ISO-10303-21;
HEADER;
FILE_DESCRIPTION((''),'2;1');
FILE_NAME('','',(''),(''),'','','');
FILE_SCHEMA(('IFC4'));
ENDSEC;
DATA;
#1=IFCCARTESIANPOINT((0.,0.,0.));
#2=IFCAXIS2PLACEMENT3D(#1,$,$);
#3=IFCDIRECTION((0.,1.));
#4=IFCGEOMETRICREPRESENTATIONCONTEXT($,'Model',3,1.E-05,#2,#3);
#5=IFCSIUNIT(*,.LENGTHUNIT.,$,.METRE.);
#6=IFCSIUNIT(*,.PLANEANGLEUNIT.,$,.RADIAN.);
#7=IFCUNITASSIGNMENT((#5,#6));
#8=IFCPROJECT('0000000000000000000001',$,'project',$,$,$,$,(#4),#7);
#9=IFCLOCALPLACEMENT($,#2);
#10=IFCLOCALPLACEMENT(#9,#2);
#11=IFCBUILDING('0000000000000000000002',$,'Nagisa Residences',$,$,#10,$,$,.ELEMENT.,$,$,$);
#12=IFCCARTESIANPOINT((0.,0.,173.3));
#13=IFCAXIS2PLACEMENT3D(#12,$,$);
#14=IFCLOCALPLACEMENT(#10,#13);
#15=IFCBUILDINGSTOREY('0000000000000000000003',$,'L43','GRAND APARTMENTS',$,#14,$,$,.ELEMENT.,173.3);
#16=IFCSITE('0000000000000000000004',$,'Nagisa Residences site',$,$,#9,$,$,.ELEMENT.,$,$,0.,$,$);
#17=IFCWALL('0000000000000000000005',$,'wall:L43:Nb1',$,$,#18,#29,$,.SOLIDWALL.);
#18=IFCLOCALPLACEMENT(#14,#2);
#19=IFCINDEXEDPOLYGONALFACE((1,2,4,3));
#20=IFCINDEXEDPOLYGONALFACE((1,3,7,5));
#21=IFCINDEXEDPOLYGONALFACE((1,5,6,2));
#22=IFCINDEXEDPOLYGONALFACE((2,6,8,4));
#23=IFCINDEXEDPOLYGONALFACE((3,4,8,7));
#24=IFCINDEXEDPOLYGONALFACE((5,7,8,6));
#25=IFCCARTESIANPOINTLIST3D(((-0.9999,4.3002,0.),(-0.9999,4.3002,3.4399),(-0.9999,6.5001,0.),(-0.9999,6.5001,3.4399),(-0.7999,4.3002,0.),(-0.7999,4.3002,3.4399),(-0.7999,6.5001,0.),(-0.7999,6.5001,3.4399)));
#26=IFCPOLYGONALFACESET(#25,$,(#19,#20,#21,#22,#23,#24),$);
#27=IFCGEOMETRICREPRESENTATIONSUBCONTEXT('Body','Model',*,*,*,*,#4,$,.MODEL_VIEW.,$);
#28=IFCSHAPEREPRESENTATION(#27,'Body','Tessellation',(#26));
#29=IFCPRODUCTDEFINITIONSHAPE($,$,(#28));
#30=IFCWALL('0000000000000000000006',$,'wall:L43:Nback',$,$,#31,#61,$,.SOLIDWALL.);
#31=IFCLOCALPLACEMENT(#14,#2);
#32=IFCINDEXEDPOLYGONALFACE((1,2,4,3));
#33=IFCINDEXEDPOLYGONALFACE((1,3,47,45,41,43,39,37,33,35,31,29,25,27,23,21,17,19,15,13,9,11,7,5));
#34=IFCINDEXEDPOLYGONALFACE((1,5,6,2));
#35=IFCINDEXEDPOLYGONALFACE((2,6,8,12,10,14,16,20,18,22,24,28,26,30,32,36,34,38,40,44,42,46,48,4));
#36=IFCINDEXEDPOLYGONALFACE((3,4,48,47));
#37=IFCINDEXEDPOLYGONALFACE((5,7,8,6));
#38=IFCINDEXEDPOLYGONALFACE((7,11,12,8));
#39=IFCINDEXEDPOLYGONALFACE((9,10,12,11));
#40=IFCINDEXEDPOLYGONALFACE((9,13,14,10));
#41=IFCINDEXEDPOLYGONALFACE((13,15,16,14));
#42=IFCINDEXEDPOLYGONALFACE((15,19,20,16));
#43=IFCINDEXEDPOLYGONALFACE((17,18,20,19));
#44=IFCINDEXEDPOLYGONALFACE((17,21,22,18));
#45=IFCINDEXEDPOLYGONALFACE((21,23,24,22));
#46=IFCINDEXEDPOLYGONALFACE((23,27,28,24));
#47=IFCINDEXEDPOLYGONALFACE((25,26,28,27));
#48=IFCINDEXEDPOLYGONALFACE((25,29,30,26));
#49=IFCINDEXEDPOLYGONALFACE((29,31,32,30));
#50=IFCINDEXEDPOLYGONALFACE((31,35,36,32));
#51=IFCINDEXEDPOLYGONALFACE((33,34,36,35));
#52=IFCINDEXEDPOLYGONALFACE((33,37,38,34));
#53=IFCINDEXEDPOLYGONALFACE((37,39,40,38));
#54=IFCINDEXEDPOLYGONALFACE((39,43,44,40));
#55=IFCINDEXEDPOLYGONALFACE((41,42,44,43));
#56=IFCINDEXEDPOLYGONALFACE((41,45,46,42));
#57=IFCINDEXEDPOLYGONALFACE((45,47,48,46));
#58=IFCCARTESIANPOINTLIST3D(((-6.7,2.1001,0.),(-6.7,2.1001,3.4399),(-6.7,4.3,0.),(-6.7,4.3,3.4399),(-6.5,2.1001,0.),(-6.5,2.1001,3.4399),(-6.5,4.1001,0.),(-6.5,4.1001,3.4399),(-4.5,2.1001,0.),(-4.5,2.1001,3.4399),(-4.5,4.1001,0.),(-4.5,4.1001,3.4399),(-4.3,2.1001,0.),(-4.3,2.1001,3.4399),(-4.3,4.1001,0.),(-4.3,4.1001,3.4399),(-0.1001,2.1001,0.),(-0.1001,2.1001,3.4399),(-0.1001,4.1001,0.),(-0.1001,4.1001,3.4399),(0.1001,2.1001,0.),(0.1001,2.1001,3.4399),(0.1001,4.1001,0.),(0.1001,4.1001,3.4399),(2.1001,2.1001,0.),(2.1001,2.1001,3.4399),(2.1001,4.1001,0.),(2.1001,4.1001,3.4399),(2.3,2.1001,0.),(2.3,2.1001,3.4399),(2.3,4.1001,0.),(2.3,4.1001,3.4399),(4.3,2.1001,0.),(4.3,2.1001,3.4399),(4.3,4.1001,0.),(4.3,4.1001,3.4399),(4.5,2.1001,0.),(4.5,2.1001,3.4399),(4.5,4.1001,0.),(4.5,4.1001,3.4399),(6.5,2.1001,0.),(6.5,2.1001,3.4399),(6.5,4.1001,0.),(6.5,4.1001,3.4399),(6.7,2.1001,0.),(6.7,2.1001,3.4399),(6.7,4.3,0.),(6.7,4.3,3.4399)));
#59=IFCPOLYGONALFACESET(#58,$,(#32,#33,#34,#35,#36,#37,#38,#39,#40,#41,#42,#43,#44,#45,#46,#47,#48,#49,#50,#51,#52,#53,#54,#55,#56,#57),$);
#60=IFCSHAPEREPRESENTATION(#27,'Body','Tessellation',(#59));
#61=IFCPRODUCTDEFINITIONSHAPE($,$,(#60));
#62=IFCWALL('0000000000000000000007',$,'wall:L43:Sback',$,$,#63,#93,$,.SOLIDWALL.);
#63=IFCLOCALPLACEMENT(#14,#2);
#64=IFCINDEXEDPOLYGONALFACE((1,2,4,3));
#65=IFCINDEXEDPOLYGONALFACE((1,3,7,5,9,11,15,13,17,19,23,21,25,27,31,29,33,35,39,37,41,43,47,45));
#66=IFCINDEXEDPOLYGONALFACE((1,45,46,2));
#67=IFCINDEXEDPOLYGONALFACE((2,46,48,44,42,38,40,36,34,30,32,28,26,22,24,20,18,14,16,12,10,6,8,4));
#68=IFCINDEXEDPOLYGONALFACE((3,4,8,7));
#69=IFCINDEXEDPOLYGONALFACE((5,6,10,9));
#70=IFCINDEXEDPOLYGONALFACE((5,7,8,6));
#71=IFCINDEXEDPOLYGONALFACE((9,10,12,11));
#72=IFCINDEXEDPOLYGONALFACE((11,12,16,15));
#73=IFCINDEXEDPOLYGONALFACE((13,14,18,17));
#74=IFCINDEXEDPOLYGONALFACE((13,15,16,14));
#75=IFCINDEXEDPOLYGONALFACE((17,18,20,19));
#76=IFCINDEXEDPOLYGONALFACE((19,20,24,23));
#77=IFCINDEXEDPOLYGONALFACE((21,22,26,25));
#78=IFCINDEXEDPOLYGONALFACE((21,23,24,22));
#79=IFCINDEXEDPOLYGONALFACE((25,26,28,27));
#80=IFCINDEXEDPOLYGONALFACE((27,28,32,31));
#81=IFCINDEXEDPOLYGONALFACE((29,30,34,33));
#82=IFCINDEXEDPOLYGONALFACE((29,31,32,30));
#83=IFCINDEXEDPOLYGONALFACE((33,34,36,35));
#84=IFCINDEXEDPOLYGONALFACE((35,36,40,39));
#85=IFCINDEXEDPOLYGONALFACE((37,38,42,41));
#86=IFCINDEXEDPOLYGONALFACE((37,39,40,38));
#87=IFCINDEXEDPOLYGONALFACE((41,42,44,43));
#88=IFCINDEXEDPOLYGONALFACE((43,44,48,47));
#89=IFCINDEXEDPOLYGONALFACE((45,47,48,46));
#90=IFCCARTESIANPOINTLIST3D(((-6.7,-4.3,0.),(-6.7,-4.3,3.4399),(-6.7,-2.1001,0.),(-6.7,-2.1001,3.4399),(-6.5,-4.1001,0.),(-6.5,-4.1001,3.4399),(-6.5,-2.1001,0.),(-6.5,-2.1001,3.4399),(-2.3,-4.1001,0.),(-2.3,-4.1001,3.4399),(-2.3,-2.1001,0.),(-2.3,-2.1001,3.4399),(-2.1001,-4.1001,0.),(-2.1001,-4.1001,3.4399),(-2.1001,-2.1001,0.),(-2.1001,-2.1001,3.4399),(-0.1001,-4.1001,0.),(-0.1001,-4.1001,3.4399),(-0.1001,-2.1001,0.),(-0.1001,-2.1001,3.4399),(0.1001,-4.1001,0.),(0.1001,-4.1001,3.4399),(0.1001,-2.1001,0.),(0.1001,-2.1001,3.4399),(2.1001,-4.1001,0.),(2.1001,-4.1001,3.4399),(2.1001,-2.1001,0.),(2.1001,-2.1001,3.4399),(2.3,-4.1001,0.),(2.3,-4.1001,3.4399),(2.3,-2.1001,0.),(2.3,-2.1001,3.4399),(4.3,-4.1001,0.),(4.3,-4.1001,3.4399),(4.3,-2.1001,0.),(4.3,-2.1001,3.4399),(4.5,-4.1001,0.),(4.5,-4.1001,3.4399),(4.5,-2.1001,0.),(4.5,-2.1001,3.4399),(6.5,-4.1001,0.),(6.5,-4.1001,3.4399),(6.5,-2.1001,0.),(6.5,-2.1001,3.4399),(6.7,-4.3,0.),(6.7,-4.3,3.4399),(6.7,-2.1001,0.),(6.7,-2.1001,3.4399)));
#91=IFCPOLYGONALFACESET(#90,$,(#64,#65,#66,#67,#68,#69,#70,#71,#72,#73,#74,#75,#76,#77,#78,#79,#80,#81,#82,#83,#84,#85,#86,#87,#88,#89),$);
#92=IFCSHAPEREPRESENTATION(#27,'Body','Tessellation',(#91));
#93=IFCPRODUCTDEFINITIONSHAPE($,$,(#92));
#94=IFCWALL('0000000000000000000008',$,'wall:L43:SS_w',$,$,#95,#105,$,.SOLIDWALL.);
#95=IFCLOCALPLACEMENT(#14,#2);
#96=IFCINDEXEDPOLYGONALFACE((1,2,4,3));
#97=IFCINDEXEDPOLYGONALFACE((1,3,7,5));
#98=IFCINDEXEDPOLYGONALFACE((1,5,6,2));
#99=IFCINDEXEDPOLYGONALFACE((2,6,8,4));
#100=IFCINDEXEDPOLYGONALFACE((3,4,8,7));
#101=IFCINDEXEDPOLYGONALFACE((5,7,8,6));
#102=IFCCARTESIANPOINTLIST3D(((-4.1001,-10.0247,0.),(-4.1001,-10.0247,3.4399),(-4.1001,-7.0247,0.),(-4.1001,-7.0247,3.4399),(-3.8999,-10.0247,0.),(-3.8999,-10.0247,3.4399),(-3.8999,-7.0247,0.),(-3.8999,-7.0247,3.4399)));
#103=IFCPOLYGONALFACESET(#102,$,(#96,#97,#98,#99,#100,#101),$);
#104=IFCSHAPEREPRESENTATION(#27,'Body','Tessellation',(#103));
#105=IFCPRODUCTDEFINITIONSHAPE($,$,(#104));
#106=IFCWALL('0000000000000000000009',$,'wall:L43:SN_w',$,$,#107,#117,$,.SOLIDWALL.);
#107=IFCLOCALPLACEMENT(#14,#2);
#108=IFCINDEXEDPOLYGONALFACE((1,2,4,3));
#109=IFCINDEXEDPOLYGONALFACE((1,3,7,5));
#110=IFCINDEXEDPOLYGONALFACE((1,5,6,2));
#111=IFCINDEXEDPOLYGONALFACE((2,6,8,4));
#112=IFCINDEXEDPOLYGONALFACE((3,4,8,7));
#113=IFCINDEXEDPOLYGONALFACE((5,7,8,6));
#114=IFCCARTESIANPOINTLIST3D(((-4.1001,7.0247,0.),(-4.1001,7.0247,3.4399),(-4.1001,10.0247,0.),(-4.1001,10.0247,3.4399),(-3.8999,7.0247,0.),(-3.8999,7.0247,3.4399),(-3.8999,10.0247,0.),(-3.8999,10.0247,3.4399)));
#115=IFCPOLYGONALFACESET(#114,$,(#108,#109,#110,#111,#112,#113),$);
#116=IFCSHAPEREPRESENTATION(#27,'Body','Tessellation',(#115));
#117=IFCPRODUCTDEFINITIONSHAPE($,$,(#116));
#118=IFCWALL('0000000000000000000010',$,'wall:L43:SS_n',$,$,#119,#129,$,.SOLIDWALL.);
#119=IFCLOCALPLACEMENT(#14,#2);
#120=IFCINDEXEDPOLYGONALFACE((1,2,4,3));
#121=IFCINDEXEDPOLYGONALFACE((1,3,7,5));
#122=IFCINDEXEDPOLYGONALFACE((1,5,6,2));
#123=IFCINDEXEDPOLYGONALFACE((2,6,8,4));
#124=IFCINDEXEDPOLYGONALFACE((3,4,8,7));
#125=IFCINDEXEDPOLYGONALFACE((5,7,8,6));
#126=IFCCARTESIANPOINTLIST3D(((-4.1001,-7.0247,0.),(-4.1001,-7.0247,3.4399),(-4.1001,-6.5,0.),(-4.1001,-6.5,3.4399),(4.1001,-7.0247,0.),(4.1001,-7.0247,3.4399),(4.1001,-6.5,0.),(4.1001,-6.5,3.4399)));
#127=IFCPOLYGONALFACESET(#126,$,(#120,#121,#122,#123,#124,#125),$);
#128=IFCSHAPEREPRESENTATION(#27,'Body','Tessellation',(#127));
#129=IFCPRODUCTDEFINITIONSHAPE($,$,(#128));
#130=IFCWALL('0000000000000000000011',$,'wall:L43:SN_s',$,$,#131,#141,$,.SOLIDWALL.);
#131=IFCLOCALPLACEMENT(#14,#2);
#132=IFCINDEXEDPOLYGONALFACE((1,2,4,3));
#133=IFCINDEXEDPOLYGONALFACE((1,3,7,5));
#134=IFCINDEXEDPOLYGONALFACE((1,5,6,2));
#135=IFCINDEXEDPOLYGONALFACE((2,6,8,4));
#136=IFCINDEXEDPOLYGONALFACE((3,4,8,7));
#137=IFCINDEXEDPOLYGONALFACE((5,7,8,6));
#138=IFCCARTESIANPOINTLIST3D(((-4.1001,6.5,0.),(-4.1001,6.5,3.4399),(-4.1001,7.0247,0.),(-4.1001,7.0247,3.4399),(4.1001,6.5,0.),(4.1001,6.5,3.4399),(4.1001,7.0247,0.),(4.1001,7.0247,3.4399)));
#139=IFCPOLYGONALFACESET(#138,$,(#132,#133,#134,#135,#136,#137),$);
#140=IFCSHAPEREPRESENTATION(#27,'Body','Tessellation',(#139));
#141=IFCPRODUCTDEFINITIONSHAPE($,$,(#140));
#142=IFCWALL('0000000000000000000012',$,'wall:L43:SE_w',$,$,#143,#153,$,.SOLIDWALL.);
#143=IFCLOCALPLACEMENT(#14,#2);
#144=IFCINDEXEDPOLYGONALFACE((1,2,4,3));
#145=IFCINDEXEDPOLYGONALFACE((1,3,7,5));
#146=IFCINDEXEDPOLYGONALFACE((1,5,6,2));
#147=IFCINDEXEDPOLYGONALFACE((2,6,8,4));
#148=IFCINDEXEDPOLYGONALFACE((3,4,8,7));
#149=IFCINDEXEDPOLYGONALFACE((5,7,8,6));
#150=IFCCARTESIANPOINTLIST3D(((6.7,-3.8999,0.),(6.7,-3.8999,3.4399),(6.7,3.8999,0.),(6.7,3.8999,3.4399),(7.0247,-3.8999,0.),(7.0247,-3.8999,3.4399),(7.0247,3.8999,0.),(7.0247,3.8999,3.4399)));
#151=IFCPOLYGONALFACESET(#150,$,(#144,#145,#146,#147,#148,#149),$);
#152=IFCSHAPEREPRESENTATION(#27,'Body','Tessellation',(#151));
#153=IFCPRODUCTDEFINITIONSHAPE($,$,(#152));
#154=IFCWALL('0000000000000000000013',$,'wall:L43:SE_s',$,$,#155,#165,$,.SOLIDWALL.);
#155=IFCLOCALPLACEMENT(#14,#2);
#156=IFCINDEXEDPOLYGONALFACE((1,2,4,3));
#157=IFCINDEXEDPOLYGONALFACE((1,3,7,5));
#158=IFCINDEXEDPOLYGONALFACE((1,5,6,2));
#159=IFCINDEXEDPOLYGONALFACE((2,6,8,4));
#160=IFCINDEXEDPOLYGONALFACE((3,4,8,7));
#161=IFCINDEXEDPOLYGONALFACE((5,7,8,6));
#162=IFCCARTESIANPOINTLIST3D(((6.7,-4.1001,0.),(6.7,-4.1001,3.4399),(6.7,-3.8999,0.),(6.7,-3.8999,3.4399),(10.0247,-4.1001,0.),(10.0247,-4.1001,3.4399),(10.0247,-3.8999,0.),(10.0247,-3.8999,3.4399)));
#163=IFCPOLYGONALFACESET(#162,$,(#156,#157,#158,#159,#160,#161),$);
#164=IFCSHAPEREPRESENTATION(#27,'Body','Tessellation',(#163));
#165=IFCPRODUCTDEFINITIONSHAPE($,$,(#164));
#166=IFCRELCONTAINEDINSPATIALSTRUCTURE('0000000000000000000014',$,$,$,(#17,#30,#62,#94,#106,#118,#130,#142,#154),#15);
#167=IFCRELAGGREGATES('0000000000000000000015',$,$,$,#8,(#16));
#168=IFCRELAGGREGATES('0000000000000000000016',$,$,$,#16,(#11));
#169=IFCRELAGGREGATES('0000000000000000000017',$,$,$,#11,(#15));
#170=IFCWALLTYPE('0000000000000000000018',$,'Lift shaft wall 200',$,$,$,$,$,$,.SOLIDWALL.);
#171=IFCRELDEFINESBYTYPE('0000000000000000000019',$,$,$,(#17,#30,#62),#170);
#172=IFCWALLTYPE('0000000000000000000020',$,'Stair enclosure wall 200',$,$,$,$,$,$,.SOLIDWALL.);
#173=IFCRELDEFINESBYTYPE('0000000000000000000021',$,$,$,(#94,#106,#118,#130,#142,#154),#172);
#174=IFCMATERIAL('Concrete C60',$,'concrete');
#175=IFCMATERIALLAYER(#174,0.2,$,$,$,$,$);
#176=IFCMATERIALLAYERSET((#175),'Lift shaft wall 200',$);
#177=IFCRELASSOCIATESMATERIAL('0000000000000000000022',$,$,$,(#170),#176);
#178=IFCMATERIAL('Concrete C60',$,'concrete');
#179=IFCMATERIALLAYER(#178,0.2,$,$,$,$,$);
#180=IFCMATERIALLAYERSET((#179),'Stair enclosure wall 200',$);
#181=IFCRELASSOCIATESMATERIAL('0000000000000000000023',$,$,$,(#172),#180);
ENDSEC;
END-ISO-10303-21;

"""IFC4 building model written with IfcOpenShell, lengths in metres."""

from ifc_helpers import new_model, si_unit, direction, frame, frame_2d, origin, place, context, subcontext, project, spatial, polyline, rectangle, outline, extrude, material, layer, layer_set, type_object, element, save


model = new_model("IFC4")

# Units and contexts
model_context = context("Model", 3, precision=1e-05, world=origin(), true_north=direction((0.0, 1.0)))
body_context = subcontext(model_context, "Body", "Model", "MODEL_VIEW")
ifc_project = project(units=[si_unit("LENGTHUNIT", "METRE"), si_unit("PLANEANGLEUNIT", "RADIAN")], contexts=[model_context])

# Site, building, storey
site_placement = place(None, origin())
site = spatial("IfcSite", under=ifc_project, at=site_placement, Name="Nagisa Residences site", CompositionType="ELEMENT", RefElevation=0.0)
building_placement = place(site_placement, origin())
building = spatial("IfcBuilding", under=site, at=building_placement, Name="Nagisa Residences", CompositionType="ELEMENT")
storey_placement = place(building_placement, frame((0.0, 0.0, 173.3)))
storey = spatial("IfcBuildingStorey", under=building, at=storey_placement, Name="L43", Description="GRAND APARTMENTS", CompositionType="ELEMENT", Elevation=173.3)

# Shared definitions
ifc_material_1 = material(Name="Concrete C60", Category="concrete")
ifc_layer_1 = layer(ifc_material_1, 0.2)
ifc_layer_set_1 = layer_set([ifc_layer_1], Name="Lift shaft wall 200")
wall_type_1 = type_object("IfcWallType", Name="Lift shaft wall 200", PredefinedType="SOLIDWALL", material=ifc_layer_set_1)

# Walls
wall_1_placement = place(storey_placement, frame((-0.8999, 4.3, 0.0), z_axis=(0.0, 0.0, 1.0), x_axis=(0.0, 1.0, 0.0)))
element("IfcWall", 1, at=wall_1_placement, inside=storey, type_object=wall_type_1, Name="wall:L43:Nb1", PredefinedType="SOLIDWALL", context=body_context, shape_type="SweptSolid", body=[
    extrude(rectangle(XDim=2.2, YDim=0.2, at=frame_2d((1.1001, 0.0))), origin(), (0.0, 0.0, 1.0), 3.4399),
])
wall_2_placement = place(storey_placement, origin())
element("IfcWall", 2, at=wall_2_placement, inside=storey, type_object=wall_type_1, Name="wall:L43:Nback", PredefinedType="SOLIDWALL", context=body_context, shape_type="SweptSolid", body=[
    extrude(outline(polyline([(-6.7, 4.3), (6.7, 4.3), (6.7, 2.1001), (6.5, 2.1001), (6.5, 4.1001), (4.5, 4.1001), (4.5, 2.1001), (4.3, 2.1001), (4.3, 4.1001), (2.3, 4.1001), (2.3, 2.1001), (2.1001, 2.1001), (2.1001, 4.1001), (0.1001, 4.1001), (0.1001, 2.1001), (-0.1001, 2.1001), (-0.1001, 4.1001), (-4.3, 4.1001), (-4.3, 2.1001), (-4.5, 2.1001), (-4.5, 4.1001), (-6.5, 4.1001), (-6.5, 2.1001), (-6.7, 2.1001), (-6.7, 4.3)])), origin(), (0.0, 0.0, 1.0), 3.4399),
])
wall_3_placement = place(storey_placement, origin())
element("IfcWall", 3, at=wall_3_placement, inside=storey, type_object=wall_type_1, Name="wall:L43:Sback", PredefinedType="SOLIDWALL", context=body_context, shape_type="SweptSolid", body=[
    extrude(outline(polyline([(-6.7, -2.1001), (-6.5, -2.1001), (-6.5, -4.1001), (-2.3, -4.1001), (-2.3, -2.1001), (-2.1001, -2.1001), (-2.1001, -4.1001), (-0.1001, -4.1001), (-0.1001, -2.1001), (0.1001, -2.1001), (0.1001, -4.1001), (2.1001, -4.1001), (2.1001, -2.1001), (2.3, -2.1001), (2.3, -4.1001), (4.3, -4.1001), (4.3, -2.1001), (4.5, -2.1001), (4.5, -4.1001), (6.5, -4.1001), (6.5, -2.1001), (6.7, -2.1001), (6.7, -4.3), (-6.7, -4.3), (-6.7, -2.1001)])), origin(), (0.0, 0.0, 1.0), 3.4399),
])
ifc_material_2 = material(Name="Concrete C60", Category="concrete")
ifc_layer_2 = layer(ifc_material_2, 0.2)
ifc_layer_set_2 = layer_set([ifc_layer_2], Name="Stair enclosure wall 200")
wall_type_2 = type_object("IfcWallType", Name="Stair enclosure wall 200", PredefinedType="SOLIDWALL", material=ifc_layer_set_2)
wall_4_placement = place(storey_placement, origin())
element("IfcWall", 4, at=wall_4_placement, inside=storey, type_object=wall_type_2, Name="wall:L43:SS_w", PredefinedType="SOLIDWALL", context=body_context, shape_type="SweptSolid", body=[
    extrude(outline(polyline([(-3.8999, -10.0247), (-4.1001, -10.0247), (-4.1001, -7.0247), (-3.8999, -7.0247), (-3.8999, -10.0247)])), origin(), (0.0, 0.0, 1.0), 3.4399),
])
wall_5_placement = place(storey_placement, origin())
element("IfcWall", 5, at=wall_5_placement, inside=storey, type_object=wall_type_2, Name="wall:L43:SN_w", PredefinedType="SOLIDWALL", context=body_context, shape_type="SweptSolid", body=[
    extrude(outline(polyline([(-3.8999, 7.0247), (-4.1001, 7.0247), (-4.1001, 10.0247), (-3.8999, 10.0247), (-3.8999, 7.0247)])), origin(), (0.0, 0.0, 1.0), 3.4399),
])
wall_6_placement = place(storey_placement, origin())
element("IfcWall", 6, at=wall_6_placement, inside=storey, type_object=wall_type_2, Name="wall:L43:SS_n", PredefinedType="SOLIDWALL", context=body_context, shape_type="SweptSolid", body=[
    extrude(outline(polyline([(4.1001, -7.0247), (-4.1001, -7.0247), (-4.1001, -6.5), (4.1001, -6.5), (4.1001, -7.0247)])), origin(), (0.0, 0.0, 1.0), 3.4399),
])
wall_7_placement = place(storey_placement, origin())
element("IfcWall", 7, at=wall_7_placement, inside=storey, type_object=wall_type_2, Name="wall:L43:SN_s", PredefinedType="SOLIDWALL", context=body_context, shape_type="SweptSolid", body=[
    extrude(outline(polyline([(4.1001, 6.5), (-4.1001, 6.5), (-4.1001, 7.0247), (4.1001, 7.0247), (4.1001, 6.5)])), origin(), (0.0, 0.0, 1.0), 3.4399),
])
wall_8_placement = place(storey_placement, origin())
element("IfcWall", 8, at=wall_8_placement, inside=storey, type_object=wall_type_2, Name="wall:L43:SE_w", PredefinedType="SOLIDWALL", context=body_context, shape_type="SweptSolid", body=[
    extrude(outline(polyline([(7.0247, -3.8999), (6.7, -3.8999), (6.7, 3.8999), (7.0247, 3.8999), (7.0247, -3.8999)])), origin(), (0.0, 0.0, 1.0), 3.4399),
])
wall_9_placement = place(storey_placement, origin())
element("IfcWall", 9, at=wall_9_placement, inside=storey, type_object=wall_type_2, Name="wall:L43:SE_s", PredefinedType="SOLIDWALL", context=body_context, shape_type="SweptSolid", body=[
    extrude(outline(polyline([(10.0247, -4.1001), (6.7, -4.1001), (6.7, -3.8999), (10.0247, -3.8999), (10.0247, -4.1001)])), origin(), (0.0, 0.0, 1.0), 3.4399),
])

save(model, "model.ifc")
